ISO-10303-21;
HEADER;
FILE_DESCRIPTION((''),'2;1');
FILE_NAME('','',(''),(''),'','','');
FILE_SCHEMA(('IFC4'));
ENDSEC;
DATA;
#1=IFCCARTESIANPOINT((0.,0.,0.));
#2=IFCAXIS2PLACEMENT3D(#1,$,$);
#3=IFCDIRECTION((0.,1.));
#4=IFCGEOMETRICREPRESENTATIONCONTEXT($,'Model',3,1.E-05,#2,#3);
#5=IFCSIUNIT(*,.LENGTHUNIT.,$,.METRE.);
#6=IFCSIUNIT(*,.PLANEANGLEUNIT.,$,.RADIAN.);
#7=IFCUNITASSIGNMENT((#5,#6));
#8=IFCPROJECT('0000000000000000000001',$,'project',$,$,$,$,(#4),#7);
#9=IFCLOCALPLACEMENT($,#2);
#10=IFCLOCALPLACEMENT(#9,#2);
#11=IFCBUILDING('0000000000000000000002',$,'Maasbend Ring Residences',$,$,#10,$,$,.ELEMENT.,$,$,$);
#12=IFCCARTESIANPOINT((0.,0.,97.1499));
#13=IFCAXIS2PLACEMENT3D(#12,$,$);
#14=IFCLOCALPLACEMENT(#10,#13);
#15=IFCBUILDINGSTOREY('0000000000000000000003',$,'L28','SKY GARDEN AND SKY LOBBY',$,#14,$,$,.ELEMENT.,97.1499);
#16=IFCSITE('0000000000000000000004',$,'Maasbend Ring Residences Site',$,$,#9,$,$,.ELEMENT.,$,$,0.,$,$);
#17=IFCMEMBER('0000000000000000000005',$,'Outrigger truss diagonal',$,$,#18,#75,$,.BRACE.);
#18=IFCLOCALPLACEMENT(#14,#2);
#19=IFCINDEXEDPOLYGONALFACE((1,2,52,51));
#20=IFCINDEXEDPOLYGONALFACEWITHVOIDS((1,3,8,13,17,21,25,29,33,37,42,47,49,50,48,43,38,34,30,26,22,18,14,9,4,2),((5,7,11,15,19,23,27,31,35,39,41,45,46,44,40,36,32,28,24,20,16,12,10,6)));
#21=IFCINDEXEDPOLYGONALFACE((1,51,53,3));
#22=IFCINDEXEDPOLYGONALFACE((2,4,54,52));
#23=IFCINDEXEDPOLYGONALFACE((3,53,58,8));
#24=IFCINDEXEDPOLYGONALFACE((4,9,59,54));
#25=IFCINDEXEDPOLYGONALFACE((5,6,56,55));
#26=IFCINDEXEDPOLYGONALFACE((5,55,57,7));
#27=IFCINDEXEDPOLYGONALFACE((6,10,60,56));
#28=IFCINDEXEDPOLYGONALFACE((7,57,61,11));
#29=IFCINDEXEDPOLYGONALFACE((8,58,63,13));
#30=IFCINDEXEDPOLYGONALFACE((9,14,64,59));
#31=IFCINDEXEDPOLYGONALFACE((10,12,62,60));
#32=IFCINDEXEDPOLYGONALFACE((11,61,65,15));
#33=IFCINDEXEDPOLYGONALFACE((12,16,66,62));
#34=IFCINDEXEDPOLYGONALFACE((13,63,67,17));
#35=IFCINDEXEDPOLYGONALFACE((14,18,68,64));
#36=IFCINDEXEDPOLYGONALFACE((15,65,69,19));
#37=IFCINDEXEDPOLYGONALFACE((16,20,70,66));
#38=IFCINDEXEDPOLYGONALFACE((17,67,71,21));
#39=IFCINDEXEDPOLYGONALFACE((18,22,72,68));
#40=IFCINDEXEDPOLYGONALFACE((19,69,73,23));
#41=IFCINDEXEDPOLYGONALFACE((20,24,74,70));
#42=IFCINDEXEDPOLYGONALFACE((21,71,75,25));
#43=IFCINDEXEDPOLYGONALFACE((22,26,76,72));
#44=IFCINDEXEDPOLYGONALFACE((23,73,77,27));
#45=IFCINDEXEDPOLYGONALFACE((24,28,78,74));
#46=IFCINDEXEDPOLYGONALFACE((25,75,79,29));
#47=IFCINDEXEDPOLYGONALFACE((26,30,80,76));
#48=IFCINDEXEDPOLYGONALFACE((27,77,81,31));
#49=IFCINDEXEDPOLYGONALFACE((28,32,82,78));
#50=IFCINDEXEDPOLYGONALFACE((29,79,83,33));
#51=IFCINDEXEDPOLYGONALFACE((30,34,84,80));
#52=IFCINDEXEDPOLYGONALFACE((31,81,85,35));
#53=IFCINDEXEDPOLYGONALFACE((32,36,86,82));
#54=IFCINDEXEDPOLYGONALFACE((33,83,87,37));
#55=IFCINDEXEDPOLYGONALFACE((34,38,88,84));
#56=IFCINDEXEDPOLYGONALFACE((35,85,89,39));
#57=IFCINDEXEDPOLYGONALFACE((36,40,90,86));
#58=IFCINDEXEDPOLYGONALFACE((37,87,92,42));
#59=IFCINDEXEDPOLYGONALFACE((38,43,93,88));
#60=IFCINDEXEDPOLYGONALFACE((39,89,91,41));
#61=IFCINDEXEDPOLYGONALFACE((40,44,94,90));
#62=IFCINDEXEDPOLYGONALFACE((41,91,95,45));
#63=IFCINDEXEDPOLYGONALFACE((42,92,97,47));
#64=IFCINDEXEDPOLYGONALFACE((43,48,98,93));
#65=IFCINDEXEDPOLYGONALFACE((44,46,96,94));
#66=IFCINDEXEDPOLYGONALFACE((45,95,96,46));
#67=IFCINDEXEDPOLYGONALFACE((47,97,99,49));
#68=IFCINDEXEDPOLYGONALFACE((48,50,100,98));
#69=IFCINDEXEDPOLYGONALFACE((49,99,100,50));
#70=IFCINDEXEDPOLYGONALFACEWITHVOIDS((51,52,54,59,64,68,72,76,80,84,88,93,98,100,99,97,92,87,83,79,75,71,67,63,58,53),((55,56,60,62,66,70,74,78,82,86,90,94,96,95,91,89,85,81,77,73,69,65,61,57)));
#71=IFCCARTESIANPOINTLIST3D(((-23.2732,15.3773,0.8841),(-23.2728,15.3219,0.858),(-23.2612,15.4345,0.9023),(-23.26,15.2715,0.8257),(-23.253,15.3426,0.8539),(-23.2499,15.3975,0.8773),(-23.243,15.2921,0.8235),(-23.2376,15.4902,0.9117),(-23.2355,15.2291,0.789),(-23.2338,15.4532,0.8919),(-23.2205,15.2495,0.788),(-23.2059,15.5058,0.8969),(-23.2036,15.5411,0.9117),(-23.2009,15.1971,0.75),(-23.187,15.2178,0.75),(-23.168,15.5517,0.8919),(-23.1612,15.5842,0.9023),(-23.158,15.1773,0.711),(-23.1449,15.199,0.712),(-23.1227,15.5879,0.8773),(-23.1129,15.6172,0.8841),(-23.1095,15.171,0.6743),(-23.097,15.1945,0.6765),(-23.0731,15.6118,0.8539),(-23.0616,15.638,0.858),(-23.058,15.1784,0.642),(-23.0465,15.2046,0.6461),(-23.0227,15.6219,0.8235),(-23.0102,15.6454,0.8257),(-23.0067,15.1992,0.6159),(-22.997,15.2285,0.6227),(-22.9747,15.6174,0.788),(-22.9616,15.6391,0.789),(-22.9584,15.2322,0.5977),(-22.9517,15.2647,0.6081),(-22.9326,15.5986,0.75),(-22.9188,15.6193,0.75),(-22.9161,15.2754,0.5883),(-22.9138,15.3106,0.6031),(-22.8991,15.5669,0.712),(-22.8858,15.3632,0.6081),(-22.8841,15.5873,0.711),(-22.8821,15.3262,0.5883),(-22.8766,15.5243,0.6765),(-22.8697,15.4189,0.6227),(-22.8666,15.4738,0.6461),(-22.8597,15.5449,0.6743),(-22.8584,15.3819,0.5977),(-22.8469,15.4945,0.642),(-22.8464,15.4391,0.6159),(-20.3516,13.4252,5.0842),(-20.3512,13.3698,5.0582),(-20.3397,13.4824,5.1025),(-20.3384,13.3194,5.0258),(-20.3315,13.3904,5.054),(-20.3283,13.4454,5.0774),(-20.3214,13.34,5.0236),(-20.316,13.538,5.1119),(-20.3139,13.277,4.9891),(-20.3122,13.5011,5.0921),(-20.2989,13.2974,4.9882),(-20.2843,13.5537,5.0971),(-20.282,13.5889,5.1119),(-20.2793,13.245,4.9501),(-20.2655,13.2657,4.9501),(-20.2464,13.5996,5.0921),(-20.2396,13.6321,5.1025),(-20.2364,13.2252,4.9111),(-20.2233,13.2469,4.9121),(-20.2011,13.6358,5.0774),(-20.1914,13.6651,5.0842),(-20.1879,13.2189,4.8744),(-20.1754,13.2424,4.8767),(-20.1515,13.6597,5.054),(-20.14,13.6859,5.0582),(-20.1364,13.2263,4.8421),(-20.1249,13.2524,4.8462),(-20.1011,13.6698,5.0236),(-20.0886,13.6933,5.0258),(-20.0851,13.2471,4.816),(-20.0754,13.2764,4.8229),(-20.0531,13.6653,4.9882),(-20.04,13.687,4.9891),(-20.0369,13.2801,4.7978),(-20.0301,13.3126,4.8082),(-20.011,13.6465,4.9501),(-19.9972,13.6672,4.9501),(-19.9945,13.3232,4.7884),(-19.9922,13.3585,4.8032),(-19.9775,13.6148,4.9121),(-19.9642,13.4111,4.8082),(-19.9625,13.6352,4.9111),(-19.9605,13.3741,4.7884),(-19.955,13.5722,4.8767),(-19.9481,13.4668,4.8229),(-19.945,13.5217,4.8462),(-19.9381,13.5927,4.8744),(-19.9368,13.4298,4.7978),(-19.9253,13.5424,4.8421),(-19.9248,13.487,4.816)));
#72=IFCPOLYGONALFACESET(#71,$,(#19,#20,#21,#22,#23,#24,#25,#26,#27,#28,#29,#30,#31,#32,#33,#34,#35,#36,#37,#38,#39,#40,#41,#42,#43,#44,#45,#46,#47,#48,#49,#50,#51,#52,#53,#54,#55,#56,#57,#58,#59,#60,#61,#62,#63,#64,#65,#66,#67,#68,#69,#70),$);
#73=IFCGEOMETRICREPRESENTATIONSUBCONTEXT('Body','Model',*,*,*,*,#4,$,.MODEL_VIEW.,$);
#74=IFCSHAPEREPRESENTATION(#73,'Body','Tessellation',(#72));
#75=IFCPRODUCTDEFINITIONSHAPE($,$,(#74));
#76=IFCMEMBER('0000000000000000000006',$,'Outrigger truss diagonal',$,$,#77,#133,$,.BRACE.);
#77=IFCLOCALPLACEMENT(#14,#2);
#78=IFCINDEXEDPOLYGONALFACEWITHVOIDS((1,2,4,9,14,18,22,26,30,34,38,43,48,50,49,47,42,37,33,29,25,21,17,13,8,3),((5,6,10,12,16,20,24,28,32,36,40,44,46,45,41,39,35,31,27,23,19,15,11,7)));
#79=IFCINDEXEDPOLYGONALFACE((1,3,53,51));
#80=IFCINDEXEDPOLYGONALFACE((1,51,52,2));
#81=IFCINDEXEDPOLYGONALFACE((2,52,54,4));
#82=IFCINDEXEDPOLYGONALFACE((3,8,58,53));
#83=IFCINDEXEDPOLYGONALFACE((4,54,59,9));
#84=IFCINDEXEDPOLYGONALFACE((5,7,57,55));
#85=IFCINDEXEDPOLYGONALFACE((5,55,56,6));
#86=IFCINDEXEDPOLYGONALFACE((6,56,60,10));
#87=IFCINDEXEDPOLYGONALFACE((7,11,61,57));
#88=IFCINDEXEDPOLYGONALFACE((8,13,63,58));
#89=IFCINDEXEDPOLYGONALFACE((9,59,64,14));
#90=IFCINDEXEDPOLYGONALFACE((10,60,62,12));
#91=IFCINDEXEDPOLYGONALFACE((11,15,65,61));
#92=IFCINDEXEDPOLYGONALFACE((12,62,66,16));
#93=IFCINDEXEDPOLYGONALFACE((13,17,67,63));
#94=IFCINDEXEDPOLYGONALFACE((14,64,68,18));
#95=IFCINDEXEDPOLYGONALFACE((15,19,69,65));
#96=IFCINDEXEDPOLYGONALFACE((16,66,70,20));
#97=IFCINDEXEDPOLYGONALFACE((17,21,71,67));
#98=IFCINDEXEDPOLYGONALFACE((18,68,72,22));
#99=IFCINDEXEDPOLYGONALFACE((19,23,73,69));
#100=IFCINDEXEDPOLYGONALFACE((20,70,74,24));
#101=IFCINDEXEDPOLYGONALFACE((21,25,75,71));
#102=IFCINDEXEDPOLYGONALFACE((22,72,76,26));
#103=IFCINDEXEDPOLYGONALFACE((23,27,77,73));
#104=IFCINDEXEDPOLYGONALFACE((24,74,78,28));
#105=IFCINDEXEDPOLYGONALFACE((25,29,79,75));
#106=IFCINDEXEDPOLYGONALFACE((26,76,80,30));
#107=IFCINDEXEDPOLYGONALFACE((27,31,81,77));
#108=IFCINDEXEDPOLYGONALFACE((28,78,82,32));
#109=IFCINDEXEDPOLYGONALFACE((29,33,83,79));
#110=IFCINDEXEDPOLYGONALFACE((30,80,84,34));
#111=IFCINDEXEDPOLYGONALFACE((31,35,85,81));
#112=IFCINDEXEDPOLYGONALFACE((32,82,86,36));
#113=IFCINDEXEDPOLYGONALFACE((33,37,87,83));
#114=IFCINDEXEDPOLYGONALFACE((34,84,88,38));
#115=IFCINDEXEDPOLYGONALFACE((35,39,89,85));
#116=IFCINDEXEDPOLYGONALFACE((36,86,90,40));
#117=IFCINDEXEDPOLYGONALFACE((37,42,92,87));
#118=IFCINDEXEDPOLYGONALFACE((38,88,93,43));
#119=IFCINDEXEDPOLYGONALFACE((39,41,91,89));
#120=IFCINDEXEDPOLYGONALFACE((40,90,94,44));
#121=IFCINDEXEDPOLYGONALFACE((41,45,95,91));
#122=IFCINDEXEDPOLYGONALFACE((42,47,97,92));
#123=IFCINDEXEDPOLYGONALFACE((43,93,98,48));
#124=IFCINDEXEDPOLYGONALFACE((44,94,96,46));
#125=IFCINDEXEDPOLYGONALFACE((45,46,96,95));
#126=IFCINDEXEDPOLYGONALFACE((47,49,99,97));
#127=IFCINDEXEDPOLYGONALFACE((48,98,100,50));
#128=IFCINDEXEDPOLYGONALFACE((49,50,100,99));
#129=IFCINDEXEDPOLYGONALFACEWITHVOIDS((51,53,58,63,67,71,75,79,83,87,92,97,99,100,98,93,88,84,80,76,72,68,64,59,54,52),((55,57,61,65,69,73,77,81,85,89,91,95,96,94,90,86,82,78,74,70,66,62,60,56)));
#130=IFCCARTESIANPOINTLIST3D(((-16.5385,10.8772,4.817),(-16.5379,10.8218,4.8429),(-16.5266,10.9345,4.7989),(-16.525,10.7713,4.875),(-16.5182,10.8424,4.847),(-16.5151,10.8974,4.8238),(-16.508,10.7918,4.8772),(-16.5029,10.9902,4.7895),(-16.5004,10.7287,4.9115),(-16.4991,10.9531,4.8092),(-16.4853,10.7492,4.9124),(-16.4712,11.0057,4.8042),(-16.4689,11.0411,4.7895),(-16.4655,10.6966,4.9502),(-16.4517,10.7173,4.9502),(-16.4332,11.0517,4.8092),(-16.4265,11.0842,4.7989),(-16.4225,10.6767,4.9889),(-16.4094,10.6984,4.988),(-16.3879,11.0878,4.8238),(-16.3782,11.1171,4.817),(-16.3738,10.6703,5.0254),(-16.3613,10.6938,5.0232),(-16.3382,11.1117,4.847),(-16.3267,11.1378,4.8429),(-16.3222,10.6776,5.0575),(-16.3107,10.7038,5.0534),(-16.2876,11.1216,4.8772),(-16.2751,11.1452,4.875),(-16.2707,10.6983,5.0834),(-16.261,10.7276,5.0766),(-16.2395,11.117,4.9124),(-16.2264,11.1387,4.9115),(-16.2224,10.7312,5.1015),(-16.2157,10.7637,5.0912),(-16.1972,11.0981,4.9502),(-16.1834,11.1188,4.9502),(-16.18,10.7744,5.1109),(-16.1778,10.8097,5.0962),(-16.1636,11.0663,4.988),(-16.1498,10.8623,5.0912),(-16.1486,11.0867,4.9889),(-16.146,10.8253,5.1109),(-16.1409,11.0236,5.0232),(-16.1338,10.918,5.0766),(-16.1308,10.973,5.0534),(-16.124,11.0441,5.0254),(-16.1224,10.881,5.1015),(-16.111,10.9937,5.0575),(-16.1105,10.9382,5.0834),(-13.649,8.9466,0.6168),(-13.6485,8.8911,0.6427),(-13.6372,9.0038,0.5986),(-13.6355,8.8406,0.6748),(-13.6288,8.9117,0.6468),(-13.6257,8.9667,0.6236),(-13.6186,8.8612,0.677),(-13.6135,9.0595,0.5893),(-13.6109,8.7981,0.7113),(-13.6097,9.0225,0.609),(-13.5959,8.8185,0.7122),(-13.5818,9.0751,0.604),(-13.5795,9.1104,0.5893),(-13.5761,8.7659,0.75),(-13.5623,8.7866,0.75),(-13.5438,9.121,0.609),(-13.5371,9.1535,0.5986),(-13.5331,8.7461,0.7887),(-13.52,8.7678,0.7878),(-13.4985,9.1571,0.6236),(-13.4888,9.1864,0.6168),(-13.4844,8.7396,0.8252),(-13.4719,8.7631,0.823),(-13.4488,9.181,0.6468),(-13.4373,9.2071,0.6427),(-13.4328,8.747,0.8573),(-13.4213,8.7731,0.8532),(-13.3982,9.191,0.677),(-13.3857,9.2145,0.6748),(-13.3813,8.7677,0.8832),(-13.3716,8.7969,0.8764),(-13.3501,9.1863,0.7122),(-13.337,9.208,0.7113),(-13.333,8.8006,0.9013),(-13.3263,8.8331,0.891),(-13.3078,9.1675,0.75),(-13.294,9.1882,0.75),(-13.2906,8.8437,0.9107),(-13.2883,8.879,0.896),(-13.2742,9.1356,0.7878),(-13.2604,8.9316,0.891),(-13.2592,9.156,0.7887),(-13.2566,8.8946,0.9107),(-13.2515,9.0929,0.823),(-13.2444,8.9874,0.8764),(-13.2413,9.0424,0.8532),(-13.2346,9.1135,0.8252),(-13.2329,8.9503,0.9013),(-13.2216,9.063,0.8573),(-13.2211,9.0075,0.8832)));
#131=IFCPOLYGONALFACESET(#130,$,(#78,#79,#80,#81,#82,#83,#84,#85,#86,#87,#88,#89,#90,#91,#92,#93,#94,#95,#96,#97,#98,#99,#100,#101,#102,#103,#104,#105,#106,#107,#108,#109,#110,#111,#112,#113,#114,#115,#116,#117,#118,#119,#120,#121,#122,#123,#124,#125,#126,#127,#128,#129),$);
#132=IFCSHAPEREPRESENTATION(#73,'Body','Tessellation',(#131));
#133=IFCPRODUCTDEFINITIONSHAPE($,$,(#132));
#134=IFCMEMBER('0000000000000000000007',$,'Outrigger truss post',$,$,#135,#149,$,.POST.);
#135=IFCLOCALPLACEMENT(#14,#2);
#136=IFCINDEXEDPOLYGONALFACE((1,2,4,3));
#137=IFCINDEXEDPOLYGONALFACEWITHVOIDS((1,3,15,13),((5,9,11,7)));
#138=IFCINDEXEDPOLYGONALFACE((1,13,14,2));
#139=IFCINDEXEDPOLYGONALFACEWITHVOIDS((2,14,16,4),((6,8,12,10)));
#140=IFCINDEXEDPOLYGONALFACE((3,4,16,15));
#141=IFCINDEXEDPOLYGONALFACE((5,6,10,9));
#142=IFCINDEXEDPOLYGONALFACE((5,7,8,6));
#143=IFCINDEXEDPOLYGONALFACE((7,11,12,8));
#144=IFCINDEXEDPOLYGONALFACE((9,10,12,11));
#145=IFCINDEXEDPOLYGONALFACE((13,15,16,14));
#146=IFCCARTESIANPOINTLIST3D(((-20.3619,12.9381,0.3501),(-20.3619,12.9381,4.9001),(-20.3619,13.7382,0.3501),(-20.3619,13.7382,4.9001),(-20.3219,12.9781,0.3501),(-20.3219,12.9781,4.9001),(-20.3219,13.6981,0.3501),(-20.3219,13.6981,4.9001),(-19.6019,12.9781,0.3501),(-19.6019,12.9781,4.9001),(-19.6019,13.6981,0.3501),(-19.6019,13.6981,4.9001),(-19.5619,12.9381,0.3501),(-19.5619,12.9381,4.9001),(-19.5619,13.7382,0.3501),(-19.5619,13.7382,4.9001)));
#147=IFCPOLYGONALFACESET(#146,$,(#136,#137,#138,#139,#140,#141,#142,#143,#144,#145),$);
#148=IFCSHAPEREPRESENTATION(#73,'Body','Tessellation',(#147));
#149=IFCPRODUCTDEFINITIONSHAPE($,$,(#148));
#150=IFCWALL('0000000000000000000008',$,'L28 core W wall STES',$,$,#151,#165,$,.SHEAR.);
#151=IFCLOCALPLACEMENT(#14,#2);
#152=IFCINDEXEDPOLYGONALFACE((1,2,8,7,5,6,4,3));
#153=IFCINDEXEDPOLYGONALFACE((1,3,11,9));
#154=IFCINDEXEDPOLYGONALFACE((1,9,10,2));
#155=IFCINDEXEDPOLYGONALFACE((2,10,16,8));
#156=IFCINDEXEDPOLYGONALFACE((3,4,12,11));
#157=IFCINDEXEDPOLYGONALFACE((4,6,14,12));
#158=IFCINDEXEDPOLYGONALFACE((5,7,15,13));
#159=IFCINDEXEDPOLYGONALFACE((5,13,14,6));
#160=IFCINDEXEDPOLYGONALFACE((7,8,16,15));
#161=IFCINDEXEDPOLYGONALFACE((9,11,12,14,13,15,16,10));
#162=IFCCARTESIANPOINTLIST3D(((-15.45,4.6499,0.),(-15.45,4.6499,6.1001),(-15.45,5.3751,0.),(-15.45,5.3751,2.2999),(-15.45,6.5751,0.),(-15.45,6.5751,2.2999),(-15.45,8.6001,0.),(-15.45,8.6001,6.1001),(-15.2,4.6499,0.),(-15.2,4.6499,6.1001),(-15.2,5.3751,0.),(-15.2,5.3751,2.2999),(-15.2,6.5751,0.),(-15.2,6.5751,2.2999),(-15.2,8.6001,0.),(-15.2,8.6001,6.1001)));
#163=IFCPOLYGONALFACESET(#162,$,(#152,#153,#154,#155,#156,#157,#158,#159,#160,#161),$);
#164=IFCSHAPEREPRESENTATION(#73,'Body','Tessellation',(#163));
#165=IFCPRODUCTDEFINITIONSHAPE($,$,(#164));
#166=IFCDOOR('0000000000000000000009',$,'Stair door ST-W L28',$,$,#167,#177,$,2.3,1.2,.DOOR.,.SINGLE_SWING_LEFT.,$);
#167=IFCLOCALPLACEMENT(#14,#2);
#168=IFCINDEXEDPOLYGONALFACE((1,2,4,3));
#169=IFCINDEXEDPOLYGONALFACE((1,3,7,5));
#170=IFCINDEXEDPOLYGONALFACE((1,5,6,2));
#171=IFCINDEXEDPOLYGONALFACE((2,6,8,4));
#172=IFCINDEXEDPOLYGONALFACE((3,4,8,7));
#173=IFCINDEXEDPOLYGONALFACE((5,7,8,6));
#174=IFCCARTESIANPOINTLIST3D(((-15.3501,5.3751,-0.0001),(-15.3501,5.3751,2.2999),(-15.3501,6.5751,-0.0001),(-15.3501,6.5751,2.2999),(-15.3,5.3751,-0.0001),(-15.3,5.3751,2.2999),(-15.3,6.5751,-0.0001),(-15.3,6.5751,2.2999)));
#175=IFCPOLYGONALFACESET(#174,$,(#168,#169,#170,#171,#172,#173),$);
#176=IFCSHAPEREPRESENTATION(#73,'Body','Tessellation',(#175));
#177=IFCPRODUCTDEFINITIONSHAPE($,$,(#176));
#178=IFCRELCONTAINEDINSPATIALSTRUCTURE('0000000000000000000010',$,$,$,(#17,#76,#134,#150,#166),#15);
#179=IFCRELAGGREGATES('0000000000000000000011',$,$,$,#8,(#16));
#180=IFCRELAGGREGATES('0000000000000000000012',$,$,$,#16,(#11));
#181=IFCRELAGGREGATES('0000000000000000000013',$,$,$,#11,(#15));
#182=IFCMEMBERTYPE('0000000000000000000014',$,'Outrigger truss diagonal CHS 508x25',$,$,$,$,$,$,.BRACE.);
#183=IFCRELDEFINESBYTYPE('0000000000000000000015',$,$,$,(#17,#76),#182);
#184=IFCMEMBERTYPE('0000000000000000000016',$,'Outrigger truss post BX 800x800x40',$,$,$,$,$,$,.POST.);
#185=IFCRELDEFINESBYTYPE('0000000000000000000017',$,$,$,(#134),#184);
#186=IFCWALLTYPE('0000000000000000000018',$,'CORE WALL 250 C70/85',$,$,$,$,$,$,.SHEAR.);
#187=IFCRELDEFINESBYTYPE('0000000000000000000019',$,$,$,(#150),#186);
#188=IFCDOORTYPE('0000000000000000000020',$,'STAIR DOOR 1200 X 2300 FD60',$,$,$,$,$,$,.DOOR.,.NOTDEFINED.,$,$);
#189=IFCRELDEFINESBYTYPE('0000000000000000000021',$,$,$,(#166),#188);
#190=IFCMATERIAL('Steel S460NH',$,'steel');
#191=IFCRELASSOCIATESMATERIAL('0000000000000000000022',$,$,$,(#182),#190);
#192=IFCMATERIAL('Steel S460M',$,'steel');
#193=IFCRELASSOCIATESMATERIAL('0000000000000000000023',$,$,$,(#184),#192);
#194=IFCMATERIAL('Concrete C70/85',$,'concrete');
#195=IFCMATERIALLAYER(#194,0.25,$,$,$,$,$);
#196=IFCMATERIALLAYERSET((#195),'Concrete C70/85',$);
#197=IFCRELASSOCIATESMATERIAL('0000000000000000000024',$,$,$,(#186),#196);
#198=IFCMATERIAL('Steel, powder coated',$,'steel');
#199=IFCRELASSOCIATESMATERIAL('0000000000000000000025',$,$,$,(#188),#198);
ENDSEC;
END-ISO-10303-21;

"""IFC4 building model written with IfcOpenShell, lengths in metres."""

from ifc_helpers import new_model, si_unit, direction, frame, frame_2d, origin, origin_2d, place, context, subcontext, project, spatial, rectangle, hollow_rectangle, hollow_circle, extrude, material, layer, layer_set, material_profile, profile_set, type_object, element, fill, save


model = new_model("IFC4")

# Units and contexts
model_context = context("Model", 3, precision=1e-05, world=origin(), true_north=direction((0.0, 1.0)))
body_context = subcontext(model_context, "Body", "Model", "MODEL_VIEW")
ifc_project = project(units=[si_unit("LENGTHUNIT", "METRE"), si_unit("PLANEANGLEUNIT", "RADIAN")], contexts=[model_context])

# Site, building, storey
site_placement = place(None, origin())
site = spatial("IfcSite", under=ifc_project, at=site_placement, Name="Maasbend Ring Residences Site", CompositionType="ELEMENT", RefElevation=0.0)
building_placement = place(site_placement, origin())
building = spatial("IfcBuilding", under=site, at=building_placement, Name="Maasbend Ring Residences", CompositionType="ELEMENT")
storey_placement = place(building_placement, frame((0.0, 0.0, 97.1499)))
storey = spatial("IfcBuildingStorey", under=building, at=storey_placement, Name="L28", Description="SKY GARDEN AND SKY LOBBY", CompositionType="ELEMENT", Elevation=97.1499)

# Members
ifc_material_1 = material(Name="Steel S460NH", Category="steel")
ifc_material_profile_1 = material_profile(ifc_material_1, hollow_circle(Radius=0.2539, WallThickness=0.0249, at=origin_2d()), Name="Outrigger truss diagonal CHS 508x25")
ifc_profile_set_1 = profile_set([ifc_material_profile_1], Name="Steel S460NH")
member_type_1 = type_object("IfcMemberType", Name="Outrigger truss diagonal CHS 508x25", PredefinedType="BRACE", material=ifc_profile_set_1)
member_1_placement = place(storey_placement, frame((-23.0598, 15.4082, 0.75), z_axis=(0.533517, -0.356481, 0.766995), x_axis=(0.555566, 0.831473, 0.0)))
element("IfcMember", 1, at=member_1_placement, inside=storey, type_object=member_type_1, Name="Outrigger truss diagonal", PredefinedType="BRACE", context=body_context, shape_type="SweptSolid", body=[
    extrude(hollow_circle(Radius=0.2539, WallThickness=0.0249, at=origin_2d()), origin(), (0.0, 0.0, 1.0), 5.4761),
])
member_2_placement = place(storey_placement, frame((-16.3245, 10.9077, 4.9502), z_axis=(0.53003, -0.354159, -0.77048), x_axis=(0.555575, 0.831466, 0.0)))
element("IfcMember", 2, at=member_2_placement, inside=storey, type_object=member_type_1, Name="Outrigger truss diagonal", PredefinedType="BRACE", context=body_context, shape_type="SweptSolid", body=[
    extrude(hollow_circle(Radius=0.2539, WallThickness=0.0249, at=origin_2d()), origin(), (0.0, 0.0, 1.0), 5.4514),
])
ifc_material_2 = material(Name="Steel S460M", Category="steel")
ifc_material_profile_2 = material_profile(ifc_material_2, hollow_rectangle(XDim=0.8, YDim=0.8, WallThickness=0.04, at=origin_2d()), Name="Outrigger truss post BX 800x800x40")
ifc_profile_set_2 = profile_set([ifc_material_profile_2], Name="Steel S460M")
member_type_2 = type_object("IfcMemberType", Name="Outrigger truss post BX 800x800x40", PredefinedType="POST", material=ifc_profile_set_2)
member_3_placement = place(storey_placement, frame((-19.9619, 13.3381, 0.3501), z_axis=(0.0, 0.0, 1.0), x_axis=(1.0, 0.0, 0.0)))
element("IfcMember", 3, at=member_3_placement, inside=storey, type_object=member_type_2, Name="Outrigger truss post", PredefinedType="POST", context=body_context, shape_type="SweptSolid", body=[
    extrude(hollow_rectangle(XDim=0.8, YDim=0.8, WallThickness=0.04, at=origin_2d()), origin(), (0.0, 0.0, 1.0), 4.55),
])

# Wall, opening, door
ifc_material_3 = material(Name="Concrete C70/85", Category="concrete")
ifc_layer_1 = layer(ifc_material_3, 0.25)
ifc_layer_set_1 = layer_set([ifc_layer_1], Name="Concrete C70/85")
wall_type_1 = type_object("IfcWallType", Name="CORE WALL 250 C70/85", PredefinedType="SHEAR", material=ifc_layer_set_1)
wall_1_placement = place(storey_placement, frame((-15.325, 8.6001, 0.0), z_axis=(0.0, 0.0, 1.0), x_axis=(0.0, -1.0, 0.0)))
wall_1 = element("IfcWall", 4, at=wall_1_placement, inside=storey, type_object=wall_type_1, Name="L28 core W wall STES", PredefinedType="SHEAR", context=body_context, shape_type="SweptSolid", body=[
    extrude(rectangle(XDim=3.9502, YDim=0.25, at=frame_2d((1.9751, 0.0))), origin(), (0.0, 0.0, 1.0), 6.1001),
])
opening_1_placement = place(wall_1_placement, frame((2.0249, 0.0, 0.0)))
opening_1 = element("IfcOpeningElement", 5, at=opening_1_placement, cuts=wall_1, PredefinedType="OPENING", context=body_context, shape_type="SweptSolid", body=[
    extrude(rectangle(XDim=1.2, YDim=2.3, at=frame_2d((0.6001, 1.1499))), frame((0.0, 0.135, 0.0), z_axis=(0.0, -1.0, 0.0), x_axis=(1.0, 0.0, 0.0)), (0.0, 0.0, 1.0), 0.27),
])
ifc_material_4 = material(Name="Steel, powder coated", Category="steel")
door_type_1 = type_object("IfcDoorType", Name="STAIR DOOR 1200 X 2300 FD60", OperationType="NOTDEFINED", PredefinedType="DOOR", material=ifc_material_4)
door_1_placement = place(opening_1_placement, origin())
door_1 = element("IfcDoor", 6, at=door_1_placement, inside=storey, type_object=door_type_1, Name="Stair door ST-W L28", OperationType="SINGLE_SWING_LEFT", OverallHeight=2.3, OverallWidth=1.2, PredefinedType="DOOR", context=body_context, shape_type="SweptSolid", body=[
    extrude(rectangle(XDim=1.2, YDim=2.3, at=frame_2d((0.6001, 1.1499))), frame((0.0, 0.0249, 0.0), z_axis=(0.0, -1.0, 0.0), x_axis=(1.0, 0.0, 0.0)), (0.0, 0.0, 1.0), 0.05),
])
fill(opening_1, door_1)

save(model, "model.ifc")
